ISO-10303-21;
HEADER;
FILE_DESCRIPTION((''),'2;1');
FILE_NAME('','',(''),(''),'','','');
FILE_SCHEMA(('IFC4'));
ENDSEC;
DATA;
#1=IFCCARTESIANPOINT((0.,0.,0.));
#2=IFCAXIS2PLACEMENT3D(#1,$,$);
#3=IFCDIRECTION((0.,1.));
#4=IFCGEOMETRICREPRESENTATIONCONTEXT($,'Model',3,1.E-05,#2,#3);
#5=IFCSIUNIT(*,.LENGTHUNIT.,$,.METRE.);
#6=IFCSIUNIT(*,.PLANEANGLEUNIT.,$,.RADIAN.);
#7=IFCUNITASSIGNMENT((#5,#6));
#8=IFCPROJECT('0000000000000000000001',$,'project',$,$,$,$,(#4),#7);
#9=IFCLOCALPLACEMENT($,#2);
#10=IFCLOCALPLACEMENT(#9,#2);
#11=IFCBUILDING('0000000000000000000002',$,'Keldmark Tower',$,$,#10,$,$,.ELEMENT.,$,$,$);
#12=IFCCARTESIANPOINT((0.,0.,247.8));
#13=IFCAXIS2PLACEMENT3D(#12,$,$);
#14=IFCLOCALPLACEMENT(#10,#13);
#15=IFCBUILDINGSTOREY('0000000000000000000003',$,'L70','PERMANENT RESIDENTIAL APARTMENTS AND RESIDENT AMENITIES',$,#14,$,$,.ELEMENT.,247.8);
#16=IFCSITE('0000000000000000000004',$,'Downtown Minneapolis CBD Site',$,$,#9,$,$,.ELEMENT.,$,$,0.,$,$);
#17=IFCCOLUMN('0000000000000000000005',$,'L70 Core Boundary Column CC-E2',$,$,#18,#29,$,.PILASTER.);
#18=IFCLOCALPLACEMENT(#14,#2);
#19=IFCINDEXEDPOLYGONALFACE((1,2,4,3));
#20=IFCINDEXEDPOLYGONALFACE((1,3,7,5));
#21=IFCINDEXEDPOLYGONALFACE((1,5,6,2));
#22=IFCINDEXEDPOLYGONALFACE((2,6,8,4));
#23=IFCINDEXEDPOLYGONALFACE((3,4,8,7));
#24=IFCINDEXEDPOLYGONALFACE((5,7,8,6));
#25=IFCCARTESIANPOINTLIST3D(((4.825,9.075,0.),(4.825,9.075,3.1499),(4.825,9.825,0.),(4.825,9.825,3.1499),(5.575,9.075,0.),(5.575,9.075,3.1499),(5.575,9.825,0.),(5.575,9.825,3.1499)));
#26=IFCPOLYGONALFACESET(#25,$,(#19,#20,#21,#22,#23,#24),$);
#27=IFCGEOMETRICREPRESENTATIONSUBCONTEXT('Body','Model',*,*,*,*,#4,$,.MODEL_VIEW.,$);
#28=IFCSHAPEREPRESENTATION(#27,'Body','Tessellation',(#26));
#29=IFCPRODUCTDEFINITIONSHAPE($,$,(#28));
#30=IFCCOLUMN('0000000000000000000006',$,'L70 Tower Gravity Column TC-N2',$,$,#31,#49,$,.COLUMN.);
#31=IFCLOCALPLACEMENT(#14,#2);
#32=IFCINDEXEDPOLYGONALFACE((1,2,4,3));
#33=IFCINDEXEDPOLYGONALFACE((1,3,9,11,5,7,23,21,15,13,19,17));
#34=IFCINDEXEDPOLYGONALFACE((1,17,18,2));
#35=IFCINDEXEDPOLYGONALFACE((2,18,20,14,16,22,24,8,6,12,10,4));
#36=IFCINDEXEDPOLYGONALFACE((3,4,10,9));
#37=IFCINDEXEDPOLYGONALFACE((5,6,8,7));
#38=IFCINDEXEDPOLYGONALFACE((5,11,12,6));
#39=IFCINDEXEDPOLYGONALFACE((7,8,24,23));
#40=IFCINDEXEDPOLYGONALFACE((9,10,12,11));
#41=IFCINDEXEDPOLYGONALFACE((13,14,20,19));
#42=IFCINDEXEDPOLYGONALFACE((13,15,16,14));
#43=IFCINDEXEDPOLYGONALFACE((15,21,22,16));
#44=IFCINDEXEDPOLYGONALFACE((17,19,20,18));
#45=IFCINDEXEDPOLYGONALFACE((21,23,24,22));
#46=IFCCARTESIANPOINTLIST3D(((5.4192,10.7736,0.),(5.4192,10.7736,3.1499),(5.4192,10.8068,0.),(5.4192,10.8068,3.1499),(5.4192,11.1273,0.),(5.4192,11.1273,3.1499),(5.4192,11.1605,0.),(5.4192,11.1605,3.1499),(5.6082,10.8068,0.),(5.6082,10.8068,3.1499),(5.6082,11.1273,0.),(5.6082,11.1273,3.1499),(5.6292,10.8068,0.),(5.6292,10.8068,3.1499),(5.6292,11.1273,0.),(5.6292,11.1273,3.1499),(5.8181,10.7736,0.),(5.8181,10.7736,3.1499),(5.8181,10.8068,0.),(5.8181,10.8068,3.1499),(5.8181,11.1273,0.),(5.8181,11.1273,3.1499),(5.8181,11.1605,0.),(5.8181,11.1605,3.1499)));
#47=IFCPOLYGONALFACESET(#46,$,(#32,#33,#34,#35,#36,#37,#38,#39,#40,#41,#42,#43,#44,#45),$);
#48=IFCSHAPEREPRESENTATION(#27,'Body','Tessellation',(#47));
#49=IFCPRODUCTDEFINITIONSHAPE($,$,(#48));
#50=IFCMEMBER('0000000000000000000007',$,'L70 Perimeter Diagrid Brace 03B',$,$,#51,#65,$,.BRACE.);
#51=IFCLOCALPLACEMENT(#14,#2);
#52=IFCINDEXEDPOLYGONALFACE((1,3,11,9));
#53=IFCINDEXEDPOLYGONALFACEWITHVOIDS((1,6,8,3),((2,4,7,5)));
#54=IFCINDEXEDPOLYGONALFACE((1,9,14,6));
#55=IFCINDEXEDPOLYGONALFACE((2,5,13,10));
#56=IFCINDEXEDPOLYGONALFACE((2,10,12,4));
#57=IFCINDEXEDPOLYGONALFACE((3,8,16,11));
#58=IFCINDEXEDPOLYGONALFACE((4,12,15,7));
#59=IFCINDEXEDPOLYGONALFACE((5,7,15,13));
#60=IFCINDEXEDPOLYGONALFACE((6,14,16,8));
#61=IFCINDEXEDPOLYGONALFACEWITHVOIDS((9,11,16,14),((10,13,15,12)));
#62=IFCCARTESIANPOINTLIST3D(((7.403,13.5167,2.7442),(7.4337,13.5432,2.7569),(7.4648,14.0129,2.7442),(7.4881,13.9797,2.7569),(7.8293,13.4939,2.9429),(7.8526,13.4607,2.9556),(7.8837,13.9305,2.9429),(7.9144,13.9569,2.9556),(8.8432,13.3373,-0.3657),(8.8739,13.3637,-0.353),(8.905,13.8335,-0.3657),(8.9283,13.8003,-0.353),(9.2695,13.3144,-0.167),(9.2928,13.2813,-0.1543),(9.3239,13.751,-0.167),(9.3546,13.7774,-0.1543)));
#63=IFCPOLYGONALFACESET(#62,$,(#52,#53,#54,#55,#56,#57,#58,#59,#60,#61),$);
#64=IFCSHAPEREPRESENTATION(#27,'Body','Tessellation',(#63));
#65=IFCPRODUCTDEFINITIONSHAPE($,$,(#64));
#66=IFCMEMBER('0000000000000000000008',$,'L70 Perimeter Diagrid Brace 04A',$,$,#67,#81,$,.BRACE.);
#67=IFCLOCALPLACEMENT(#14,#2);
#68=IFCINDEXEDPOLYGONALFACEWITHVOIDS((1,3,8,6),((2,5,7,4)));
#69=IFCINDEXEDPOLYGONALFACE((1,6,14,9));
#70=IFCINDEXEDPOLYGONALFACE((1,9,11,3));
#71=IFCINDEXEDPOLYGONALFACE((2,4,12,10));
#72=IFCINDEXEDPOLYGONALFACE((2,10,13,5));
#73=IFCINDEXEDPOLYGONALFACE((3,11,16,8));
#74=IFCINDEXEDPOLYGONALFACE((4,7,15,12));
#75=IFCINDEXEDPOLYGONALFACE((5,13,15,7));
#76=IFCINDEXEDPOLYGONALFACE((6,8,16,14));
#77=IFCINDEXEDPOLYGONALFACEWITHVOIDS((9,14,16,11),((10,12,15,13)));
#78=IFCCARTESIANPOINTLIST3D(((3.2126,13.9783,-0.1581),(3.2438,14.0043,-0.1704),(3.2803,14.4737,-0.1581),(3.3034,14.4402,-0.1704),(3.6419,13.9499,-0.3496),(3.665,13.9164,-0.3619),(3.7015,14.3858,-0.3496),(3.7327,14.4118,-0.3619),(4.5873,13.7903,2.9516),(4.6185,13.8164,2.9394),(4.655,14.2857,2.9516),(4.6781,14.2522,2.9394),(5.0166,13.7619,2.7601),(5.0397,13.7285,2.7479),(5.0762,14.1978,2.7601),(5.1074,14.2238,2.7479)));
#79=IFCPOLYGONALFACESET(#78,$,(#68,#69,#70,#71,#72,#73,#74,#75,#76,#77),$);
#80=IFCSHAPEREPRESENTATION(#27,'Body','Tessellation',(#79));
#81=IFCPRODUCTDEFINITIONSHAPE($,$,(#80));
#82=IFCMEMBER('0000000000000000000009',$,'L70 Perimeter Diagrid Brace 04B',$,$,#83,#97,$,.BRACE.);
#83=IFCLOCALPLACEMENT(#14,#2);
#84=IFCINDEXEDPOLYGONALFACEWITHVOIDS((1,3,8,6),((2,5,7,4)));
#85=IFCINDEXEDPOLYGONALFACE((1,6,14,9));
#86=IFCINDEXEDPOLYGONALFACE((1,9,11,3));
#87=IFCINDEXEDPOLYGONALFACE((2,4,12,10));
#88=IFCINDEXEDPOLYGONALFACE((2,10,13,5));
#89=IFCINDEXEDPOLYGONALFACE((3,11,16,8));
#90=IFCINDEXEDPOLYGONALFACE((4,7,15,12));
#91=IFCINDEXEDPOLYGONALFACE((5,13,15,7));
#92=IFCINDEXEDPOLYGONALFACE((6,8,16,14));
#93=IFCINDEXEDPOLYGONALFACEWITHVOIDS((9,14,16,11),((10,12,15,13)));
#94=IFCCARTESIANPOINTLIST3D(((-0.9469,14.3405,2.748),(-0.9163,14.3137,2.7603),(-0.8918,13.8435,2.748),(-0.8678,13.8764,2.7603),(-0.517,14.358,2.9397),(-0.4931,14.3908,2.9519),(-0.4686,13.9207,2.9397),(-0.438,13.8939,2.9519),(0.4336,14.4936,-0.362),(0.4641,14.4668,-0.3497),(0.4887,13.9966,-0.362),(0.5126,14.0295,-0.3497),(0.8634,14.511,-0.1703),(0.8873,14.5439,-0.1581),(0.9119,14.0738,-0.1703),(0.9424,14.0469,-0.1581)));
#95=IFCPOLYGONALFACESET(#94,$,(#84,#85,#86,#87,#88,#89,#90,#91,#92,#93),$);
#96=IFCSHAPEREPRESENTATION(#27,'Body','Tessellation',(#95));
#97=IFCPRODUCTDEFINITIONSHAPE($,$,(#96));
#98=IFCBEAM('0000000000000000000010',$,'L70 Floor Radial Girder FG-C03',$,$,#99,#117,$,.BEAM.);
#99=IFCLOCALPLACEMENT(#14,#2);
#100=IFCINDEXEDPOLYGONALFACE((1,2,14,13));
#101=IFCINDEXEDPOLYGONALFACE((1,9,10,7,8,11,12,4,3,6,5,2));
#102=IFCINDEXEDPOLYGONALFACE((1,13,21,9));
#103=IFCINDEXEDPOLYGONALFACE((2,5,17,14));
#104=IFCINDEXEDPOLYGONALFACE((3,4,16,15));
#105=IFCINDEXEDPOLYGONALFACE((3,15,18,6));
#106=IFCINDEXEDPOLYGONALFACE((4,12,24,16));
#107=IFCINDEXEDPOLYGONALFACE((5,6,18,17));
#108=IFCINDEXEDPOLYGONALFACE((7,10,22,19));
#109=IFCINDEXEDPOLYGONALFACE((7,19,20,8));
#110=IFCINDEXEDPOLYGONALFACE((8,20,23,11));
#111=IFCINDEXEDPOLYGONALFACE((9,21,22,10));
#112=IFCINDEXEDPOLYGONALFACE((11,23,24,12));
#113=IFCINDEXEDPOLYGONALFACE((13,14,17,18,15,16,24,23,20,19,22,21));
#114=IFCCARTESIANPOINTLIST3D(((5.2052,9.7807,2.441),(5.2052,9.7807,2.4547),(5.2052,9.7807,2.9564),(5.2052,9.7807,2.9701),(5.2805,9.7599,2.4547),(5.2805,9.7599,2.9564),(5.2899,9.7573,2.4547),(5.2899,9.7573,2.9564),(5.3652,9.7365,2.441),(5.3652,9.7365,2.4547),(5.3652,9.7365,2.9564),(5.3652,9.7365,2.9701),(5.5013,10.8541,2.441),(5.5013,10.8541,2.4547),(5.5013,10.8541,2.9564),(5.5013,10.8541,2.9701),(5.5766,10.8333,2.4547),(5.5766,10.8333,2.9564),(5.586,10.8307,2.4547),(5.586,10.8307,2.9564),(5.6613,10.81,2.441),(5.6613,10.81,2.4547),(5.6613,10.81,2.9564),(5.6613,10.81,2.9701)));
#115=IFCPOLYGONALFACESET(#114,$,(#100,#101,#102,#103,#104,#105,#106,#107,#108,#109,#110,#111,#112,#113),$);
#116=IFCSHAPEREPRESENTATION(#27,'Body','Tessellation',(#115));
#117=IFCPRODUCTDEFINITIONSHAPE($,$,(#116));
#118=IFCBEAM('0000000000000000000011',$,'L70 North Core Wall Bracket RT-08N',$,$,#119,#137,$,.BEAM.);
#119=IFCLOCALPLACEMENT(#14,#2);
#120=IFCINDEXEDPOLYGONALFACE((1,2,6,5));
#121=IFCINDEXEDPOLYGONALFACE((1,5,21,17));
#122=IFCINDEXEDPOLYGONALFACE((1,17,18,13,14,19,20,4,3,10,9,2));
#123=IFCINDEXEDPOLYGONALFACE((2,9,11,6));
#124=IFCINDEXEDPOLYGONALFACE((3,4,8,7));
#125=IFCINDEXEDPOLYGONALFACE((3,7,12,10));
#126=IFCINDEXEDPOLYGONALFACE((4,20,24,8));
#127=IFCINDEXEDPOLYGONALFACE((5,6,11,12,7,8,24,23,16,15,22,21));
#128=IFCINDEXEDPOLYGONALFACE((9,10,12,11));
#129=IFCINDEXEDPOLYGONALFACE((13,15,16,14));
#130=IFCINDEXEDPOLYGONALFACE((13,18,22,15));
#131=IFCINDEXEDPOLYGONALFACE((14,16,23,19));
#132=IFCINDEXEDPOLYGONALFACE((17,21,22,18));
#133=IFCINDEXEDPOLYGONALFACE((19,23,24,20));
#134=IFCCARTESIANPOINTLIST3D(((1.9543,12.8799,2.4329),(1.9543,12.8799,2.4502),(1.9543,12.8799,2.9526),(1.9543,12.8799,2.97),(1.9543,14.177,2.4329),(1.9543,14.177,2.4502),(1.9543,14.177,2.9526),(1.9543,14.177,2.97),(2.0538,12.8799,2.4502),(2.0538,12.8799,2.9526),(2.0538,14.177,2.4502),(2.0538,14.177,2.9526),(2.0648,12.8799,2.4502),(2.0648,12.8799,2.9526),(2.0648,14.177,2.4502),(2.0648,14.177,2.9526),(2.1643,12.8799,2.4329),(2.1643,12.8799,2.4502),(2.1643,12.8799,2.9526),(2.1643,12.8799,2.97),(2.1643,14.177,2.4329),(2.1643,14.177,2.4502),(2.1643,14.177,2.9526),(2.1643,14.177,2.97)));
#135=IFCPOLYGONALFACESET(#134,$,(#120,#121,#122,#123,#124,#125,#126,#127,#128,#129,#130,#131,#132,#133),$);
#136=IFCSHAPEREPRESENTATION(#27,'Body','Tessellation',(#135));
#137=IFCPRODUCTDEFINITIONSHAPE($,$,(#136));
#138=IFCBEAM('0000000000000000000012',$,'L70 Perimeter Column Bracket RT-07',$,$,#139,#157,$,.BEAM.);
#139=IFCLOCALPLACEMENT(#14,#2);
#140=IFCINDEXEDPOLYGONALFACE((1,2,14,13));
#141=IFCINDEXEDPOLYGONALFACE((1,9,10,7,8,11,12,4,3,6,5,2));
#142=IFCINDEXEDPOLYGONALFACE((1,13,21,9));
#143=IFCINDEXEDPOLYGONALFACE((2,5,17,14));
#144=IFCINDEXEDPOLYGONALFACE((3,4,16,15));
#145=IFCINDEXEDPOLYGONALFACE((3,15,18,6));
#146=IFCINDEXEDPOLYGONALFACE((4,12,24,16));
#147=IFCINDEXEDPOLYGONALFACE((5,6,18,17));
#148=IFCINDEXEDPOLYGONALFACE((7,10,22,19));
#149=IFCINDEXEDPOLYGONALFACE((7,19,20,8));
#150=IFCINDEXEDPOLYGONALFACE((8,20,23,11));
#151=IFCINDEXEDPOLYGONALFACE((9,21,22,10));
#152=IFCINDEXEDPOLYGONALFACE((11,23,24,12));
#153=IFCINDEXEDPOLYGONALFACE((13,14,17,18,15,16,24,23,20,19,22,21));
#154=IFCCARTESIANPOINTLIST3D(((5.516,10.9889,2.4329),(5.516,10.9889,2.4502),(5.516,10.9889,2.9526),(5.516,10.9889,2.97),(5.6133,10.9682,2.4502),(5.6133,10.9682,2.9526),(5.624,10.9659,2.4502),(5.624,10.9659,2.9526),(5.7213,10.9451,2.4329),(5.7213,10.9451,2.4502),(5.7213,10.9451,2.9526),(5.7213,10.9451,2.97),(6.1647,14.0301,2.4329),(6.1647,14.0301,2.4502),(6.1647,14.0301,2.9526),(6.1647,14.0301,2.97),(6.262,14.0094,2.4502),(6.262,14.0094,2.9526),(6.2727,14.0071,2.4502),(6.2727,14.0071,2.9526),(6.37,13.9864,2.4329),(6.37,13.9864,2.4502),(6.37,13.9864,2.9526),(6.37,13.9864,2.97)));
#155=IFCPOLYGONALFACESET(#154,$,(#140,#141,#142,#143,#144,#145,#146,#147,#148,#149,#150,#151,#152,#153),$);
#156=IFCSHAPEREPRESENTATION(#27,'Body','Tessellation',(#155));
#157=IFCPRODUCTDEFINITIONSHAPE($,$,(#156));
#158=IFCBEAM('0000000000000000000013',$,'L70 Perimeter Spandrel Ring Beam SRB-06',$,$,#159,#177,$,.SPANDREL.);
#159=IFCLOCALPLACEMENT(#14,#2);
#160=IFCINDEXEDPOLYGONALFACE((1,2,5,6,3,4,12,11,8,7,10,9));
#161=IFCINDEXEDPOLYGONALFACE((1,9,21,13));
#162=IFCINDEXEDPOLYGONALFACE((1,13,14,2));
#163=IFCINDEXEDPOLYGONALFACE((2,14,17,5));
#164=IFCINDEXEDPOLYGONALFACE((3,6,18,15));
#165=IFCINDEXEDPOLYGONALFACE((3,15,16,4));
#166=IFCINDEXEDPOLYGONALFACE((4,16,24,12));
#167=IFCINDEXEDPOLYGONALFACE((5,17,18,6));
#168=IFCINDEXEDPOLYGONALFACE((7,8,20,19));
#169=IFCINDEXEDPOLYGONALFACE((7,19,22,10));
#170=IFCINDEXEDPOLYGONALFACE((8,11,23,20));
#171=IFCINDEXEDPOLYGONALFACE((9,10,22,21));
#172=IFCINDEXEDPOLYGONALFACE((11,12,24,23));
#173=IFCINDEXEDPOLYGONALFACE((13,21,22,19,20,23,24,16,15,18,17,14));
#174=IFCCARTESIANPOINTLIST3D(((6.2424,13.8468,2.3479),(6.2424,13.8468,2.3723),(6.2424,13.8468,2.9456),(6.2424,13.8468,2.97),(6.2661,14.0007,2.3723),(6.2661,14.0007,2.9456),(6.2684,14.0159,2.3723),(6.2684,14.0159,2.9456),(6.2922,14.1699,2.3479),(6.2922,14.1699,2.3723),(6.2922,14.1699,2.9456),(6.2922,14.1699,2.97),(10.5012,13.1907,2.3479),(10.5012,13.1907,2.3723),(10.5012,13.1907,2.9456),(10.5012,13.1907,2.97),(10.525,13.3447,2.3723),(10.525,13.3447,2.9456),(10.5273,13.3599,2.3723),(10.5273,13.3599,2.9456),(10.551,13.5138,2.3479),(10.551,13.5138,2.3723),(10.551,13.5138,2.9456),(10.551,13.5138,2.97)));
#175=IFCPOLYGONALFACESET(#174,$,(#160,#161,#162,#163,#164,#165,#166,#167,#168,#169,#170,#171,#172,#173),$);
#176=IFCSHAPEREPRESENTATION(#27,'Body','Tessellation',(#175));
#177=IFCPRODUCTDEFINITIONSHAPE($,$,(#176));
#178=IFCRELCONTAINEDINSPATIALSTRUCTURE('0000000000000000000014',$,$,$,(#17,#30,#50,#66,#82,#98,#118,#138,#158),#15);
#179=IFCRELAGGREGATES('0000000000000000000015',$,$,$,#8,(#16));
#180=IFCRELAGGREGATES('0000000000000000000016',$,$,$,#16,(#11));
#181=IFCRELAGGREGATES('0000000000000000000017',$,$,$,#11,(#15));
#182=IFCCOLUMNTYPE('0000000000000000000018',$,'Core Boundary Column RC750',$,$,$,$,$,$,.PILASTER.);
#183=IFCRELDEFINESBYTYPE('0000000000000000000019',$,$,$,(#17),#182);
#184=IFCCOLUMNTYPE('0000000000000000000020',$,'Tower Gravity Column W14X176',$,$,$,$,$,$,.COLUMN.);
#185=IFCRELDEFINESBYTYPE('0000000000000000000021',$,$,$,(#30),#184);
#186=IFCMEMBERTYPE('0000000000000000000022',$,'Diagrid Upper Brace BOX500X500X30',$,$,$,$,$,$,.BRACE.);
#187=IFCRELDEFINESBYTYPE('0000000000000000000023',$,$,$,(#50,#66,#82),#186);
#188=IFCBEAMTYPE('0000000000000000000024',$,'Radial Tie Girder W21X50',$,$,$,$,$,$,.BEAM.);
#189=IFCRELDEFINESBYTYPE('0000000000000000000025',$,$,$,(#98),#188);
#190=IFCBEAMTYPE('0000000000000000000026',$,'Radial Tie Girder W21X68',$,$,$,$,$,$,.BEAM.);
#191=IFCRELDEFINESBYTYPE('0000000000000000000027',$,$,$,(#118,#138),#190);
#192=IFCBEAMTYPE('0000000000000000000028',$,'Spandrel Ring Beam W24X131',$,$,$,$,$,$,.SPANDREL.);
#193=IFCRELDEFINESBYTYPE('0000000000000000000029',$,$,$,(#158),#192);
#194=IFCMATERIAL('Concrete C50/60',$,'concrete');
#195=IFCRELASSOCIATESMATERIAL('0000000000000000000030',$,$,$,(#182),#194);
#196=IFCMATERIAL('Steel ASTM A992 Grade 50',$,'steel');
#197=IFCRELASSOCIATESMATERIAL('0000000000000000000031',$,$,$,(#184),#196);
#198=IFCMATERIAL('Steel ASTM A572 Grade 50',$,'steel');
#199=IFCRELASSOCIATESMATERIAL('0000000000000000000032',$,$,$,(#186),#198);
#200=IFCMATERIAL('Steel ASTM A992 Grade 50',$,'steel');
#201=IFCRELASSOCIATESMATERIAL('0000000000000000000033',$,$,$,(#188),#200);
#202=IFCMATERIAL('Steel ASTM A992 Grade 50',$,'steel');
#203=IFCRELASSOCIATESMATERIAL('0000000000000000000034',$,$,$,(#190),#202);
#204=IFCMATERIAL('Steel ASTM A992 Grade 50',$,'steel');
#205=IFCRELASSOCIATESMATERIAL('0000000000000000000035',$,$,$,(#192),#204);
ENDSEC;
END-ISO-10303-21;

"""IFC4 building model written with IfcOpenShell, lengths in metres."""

from ifc_helpers import new_model, si_unit, direction, frame, origin, origin_2d, place, context, subcontext, project, spatial, rectangle, hollow_rectangle, i_section, extrude, material, material_profile, profile_set, type_object, element, save


model = new_model("IFC4")

# Units and contexts
model_context = context("Model", 3, precision=1e-05, world=origin(), true_north=direction((0.0, 1.0)))
body_context = subcontext(model_context, "Body", "Model", "MODEL_VIEW")
ifc_project = project(units=[si_unit("LENGTHUNIT", "METRE"), si_unit("PLANEANGLEUNIT", "RADIAN")], contexts=[model_context])

# Site, building, storey
site_placement = place(None, origin())
site = spatial("IfcSite", under=ifc_project, at=site_placement, Name="Downtown Minneapolis CBD Site", CompositionType="ELEMENT", RefElevation=0.0)
building_placement = place(site_placement, origin())
building = spatial("IfcBuilding", under=site, at=building_placement, Name="Keldmark Tower", CompositionType="ELEMENT")
storey_placement = place(building_placement, frame((0.0, 0.0, 247.8)))
storey = spatial("IfcBuildingStorey", under=building, at=storey_placement, Name="L70", Description="PERMANENT RESIDENTIAL APARTMENTS AND RESIDENT AMENITIES", CompositionType="ELEMENT", Elevation=247.8)

# Columns
ifc_material_1 = material(Name="Concrete C50/60", Category="concrete")
ifc_material_profile_1 = material_profile(ifc_material_1, rectangle(XDim=0.75, YDim=0.75, at=origin_2d()), Name="RC750X750")
ifc_profile_set_1 = profile_set([ifc_material_profile_1], Name="Concrete C50/60")
column_type_1 = type_object("IfcColumnType", Name="Core Boundary Column RC750", PredefinedType="PILASTER", material=ifc_profile_set_1)
column_1_placement = place(storey_placement, frame((5.2, 9.45, 0.0), z_axis=(0.0, 0.0, 1.0), x_axis=(1.0, 0.0, 0.0)))
element("IfcColumn", 1, at=column_1_placement, inside=storey, type_object=column_type_1, Name="L70 Core Boundary Column CC-E2", PredefinedType="PILASTER", context=body_context, shape_type="SweptSolid", body=[
    extrude(rectangle(XDim=0.75, YDim=0.75, at=origin_2d()), origin(), (0.0, 0.0, 1.0), 3.1499),
])
ifc_material_2 = material(Name="Steel ASTM A992 Grade 50", Category="steel")
ifc_material_profile_2 = material_profile(ifc_material_2, i_section(OverallWidth=0.3989, OverallDepth=0.387, WebThickness=0.021, FlangeThickness=0.0332, at=origin_2d()), Name="W14X176")
ifc_profile_set_2 = profile_set([ifc_material_profile_2], Name="Steel ASTM A992 Grade 50")
column_type_2 = type_object("IfcColumnType", Name="Tower Gravity Column W14X176", PredefinedType="COLUMN", material=ifc_profile_set_2)
column_2_placement = place(storey_placement, frame((5.6187, 10.967, 0.0), z_axis=(0.0, 0.0, 1.0), x_axis=(1.0, 0.0, 0.0)))
element("IfcColumn", 2, at=column_2_placement, inside=storey, type_object=column_type_2, Name="L70 Tower Gravity Column TC-N2", PredefinedType="COLUMN", context=body_context, shape_type="SweptSolid", body=[
    extrude(i_section(OverallWidth=0.3989, OverallDepth=0.387, WebThickness=0.021, FlangeThickness=0.0332, at=origin_2d()), origin(), (0.0, 0.0, 1.0), 3.1499),
])

# Members
ifc_material_3 = material(Name="Steel ASTM A572 Grade 50", Category="steel")
ifc_material_profile_3 = material_profile(ifc_material_3, hollow_rectangle(XDim=0.5, YDim=0.5, WallThickness=0.03, at=origin_2d()), Name="BOX500X500X30")
ifc_profile_set_3 = profile_set([ifc_material_profile_3], Name="Steel ASTM A572 Grade 50")
member_type = type_object("IfcMemberType", Name="Diagrid Upper Brace BOX500X500X30", PredefinedType="BRACE", material=ifc_profile_set_3)
member_1_placement = place(storey_placement, frame((9.0989, 13.5574, -0.26), z_axis=(-0.419653, 0.052288, 0.906177), x_axis=(-0.123641, -0.992327, 0.0)))
element("IfcMember", 3, at=member_1_placement, inside=storey, type_object=member_type, Name="L70 Perimeter Diagrid Brace 03B", PredefinedType="BRACE", context=body_context, shape_type="SweptSolid", body=[
    extrude(hollow_rectangle(XDim=0.5, YDim=0.5, WallThickness=0.03, at=origin_2d()), origin(), (0.0, 0.0, 1.0), 3.4319),
])
member_2_placement = place(storey_placement, frame((3.4727, 14.1951, -0.26), z_axis=(0.403702, -0.055203, 0.913223), x_axis=(0.135482, 0.99078, 0.0)))
element("IfcMember", 4, at=member_2_placement, inside=storey, type_object=member_type, Name="L70 Perimeter Diagrid Brace 04A", PredefinedType="BRACE", context=body_context, shape_type="SweptSolid", body=[
    extrude(hollow_rectangle(XDim=0.5, YDim=0.5, WallThickness=0.03, at=origin_2d()), origin(), (0.0, 0.0, 1.0), 3.4053),
])
member_3_placement = place(storey_placement, frame((0.688, 14.2703, -0.26), z_axis=(-0.405289, -0.044945, 0.913083), x_axis=(0.110219, -0.993907, 0.0)))
element("IfcMember", 5, at=member_3_placement, inside=storey, type_object=member_type, Name="L70 Perimeter Diagrid Brace 04B", PredefinedType="BRACE", context=body_context, shape_type="SweptSolid", body=[
    extrude(hollow_rectangle(XDim=0.5, YDim=0.5, WallThickness=0.03, at=origin_2d()), origin(), (0.0, 0.0, 1.0), 3.406),
])

# Beams
ifc_material_4 = material(Name="Steel ASTM A992 Grade 50", Category="steel")
ifc_material_profile_4 = material_profile(ifc_material_4, i_section(OverallWidth=0.166, OverallDepth=0.5291, WebThickness=0.0098, FlangeThickness=0.0137, at=origin_2d()), Name="W21X50")
ifc_profile_set_4 = profile_set([ifc_material_profile_4], Name="Steel ASTM A992 Grade 50")
beam_type_1 = type_object("IfcBeamType", Name="Radial Tie Girder W21X50", PredefinedType="BEAM", material=ifc_profile_set_4)
beam_1_placement = place(storey_placement, frame((5.5813, 10.832, 2.7056), z_axis=(-0.265936, -0.963991, 0.0), x_axis=(0.963991, -0.265936, 0.0)))
element("IfcBeam", 6, at=beam_1_placement, inside=storey, type_object=beam_type_1, Name="L70 Floor Radial Girder FG-C03", PredefinedType="BEAM", context=body_context, shape_type="SweptSolid", body=[
    extrude(i_section(OverallWidth=0.166, OverallDepth=0.5291, WebThickness=0.0098, FlangeThickness=0.0137, at=origin_2d()), origin(), (0.0, 0.0, 1.0), 1.1135),
])
ifc_material_5 = material(Name="Steel ASTM A992 Grade 50", Category="steel")
ifc_material_profile_5 = material_profile(ifc_material_5, i_section(OverallWidth=0.21, OverallDepth=0.5371, WebThickness=0.011, FlangeThickness=0.0173, at=origin_2d()), Name="W21X68")
ifc_profile_set_5 = profile_set([ifc_material_profile_5], Name="Steel ASTM A992 Grade 50")
beam_type_2 = type_object("IfcBeamType", Name="Radial Tie Girder W21X68", PredefinedType="BEAM", material=ifc_profile_set_5)
beam_2_placement = place(storey_placement, frame((2.0593, 12.8799, 2.7014), z_axis=(0.0, 1.0, 0.0), x_axis=(-1.0, 0.0, 0.0)))
element("IfcBeam", 7, at=beam_2_placement, inside=storey, type_object=beam_type_2, Name="L70 North Core Wall Bracket RT-08N", PredefinedType="BEAM", context=body_context, shape_type="SweptSolid", body=[
    extrude(i_section(OverallWidth=0.21, OverallDepth=0.5371, WebThickness=0.011, FlangeThickness=0.0173, at=origin_2d()), origin(), (0.0, 0.0, 1.0), 1.2971),
])
beam_3_placement = place(storey_placement, frame((5.6187, 10.967, 2.7014), z_axis=(0.208601, 0.978001, 0.0), x_axis=(-0.978001, 0.208601, 0.0)))
element("IfcBeam", 8, at=beam_3_placement, inside=storey, type_object=beam_type_2, Name="L70 Perimeter Column Bracket RT-07", PredefinedType="BEAM", context=body_context, shape_type="SweptSolid", body=[
    extrude(i_section(OverallWidth=0.21, OverallDepth=0.5371, WebThickness=0.011, FlangeThickness=0.0173, at=origin_2d()), origin(), (0.0, 0.0, 1.0), 3.1096),
])
ifc_material_6 = material(Name="Steel ASTM A992 Grade 50", Category="steel")
ifc_material_profile_6 = material_profile(ifc_material_6, i_section(OverallWidth=0.3269, OverallDepth=0.6221, WebThickness=0.0154, FlangeThickness=0.0244, at=origin_2d()), Name="W24X131")
ifc_profile_set_6 = profile_set([ifc_material_profile_6], Name="Steel ASTM A992 Grade 50")
beam_type_3 = type_object("IfcBeamType", Name="Spandrel Ring Beam W24X131", PredefinedType="SPANDREL", material=ifc_profile_set_6)
beam_4_placement = place(storey_placement, frame((10.5261, 13.3523, 2.6589), z_axis=(-0.988344, 0.15224, 0.0), x_axis=(-0.15224, -0.988344, 0.0)))
element("IfcBeam", 9, at=beam_4_placement, inside=storey, type_object=beam_type_3, Name="L70 Perimeter Spandrel Ring Beam SRB-06", PredefinedType="SPANDREL", context=body_context, shape_type="SweptSolid", body=[
    extrude(i_section(OverallWidth=0.3269, OverallDepth=0.6221, WebThickness=0.0154, FlangeThickness=0.0244, at=origin_2d()), origin(), (0.0, 0.0, 1.0), 4.3091),
])

save(model, "model.ifc")
